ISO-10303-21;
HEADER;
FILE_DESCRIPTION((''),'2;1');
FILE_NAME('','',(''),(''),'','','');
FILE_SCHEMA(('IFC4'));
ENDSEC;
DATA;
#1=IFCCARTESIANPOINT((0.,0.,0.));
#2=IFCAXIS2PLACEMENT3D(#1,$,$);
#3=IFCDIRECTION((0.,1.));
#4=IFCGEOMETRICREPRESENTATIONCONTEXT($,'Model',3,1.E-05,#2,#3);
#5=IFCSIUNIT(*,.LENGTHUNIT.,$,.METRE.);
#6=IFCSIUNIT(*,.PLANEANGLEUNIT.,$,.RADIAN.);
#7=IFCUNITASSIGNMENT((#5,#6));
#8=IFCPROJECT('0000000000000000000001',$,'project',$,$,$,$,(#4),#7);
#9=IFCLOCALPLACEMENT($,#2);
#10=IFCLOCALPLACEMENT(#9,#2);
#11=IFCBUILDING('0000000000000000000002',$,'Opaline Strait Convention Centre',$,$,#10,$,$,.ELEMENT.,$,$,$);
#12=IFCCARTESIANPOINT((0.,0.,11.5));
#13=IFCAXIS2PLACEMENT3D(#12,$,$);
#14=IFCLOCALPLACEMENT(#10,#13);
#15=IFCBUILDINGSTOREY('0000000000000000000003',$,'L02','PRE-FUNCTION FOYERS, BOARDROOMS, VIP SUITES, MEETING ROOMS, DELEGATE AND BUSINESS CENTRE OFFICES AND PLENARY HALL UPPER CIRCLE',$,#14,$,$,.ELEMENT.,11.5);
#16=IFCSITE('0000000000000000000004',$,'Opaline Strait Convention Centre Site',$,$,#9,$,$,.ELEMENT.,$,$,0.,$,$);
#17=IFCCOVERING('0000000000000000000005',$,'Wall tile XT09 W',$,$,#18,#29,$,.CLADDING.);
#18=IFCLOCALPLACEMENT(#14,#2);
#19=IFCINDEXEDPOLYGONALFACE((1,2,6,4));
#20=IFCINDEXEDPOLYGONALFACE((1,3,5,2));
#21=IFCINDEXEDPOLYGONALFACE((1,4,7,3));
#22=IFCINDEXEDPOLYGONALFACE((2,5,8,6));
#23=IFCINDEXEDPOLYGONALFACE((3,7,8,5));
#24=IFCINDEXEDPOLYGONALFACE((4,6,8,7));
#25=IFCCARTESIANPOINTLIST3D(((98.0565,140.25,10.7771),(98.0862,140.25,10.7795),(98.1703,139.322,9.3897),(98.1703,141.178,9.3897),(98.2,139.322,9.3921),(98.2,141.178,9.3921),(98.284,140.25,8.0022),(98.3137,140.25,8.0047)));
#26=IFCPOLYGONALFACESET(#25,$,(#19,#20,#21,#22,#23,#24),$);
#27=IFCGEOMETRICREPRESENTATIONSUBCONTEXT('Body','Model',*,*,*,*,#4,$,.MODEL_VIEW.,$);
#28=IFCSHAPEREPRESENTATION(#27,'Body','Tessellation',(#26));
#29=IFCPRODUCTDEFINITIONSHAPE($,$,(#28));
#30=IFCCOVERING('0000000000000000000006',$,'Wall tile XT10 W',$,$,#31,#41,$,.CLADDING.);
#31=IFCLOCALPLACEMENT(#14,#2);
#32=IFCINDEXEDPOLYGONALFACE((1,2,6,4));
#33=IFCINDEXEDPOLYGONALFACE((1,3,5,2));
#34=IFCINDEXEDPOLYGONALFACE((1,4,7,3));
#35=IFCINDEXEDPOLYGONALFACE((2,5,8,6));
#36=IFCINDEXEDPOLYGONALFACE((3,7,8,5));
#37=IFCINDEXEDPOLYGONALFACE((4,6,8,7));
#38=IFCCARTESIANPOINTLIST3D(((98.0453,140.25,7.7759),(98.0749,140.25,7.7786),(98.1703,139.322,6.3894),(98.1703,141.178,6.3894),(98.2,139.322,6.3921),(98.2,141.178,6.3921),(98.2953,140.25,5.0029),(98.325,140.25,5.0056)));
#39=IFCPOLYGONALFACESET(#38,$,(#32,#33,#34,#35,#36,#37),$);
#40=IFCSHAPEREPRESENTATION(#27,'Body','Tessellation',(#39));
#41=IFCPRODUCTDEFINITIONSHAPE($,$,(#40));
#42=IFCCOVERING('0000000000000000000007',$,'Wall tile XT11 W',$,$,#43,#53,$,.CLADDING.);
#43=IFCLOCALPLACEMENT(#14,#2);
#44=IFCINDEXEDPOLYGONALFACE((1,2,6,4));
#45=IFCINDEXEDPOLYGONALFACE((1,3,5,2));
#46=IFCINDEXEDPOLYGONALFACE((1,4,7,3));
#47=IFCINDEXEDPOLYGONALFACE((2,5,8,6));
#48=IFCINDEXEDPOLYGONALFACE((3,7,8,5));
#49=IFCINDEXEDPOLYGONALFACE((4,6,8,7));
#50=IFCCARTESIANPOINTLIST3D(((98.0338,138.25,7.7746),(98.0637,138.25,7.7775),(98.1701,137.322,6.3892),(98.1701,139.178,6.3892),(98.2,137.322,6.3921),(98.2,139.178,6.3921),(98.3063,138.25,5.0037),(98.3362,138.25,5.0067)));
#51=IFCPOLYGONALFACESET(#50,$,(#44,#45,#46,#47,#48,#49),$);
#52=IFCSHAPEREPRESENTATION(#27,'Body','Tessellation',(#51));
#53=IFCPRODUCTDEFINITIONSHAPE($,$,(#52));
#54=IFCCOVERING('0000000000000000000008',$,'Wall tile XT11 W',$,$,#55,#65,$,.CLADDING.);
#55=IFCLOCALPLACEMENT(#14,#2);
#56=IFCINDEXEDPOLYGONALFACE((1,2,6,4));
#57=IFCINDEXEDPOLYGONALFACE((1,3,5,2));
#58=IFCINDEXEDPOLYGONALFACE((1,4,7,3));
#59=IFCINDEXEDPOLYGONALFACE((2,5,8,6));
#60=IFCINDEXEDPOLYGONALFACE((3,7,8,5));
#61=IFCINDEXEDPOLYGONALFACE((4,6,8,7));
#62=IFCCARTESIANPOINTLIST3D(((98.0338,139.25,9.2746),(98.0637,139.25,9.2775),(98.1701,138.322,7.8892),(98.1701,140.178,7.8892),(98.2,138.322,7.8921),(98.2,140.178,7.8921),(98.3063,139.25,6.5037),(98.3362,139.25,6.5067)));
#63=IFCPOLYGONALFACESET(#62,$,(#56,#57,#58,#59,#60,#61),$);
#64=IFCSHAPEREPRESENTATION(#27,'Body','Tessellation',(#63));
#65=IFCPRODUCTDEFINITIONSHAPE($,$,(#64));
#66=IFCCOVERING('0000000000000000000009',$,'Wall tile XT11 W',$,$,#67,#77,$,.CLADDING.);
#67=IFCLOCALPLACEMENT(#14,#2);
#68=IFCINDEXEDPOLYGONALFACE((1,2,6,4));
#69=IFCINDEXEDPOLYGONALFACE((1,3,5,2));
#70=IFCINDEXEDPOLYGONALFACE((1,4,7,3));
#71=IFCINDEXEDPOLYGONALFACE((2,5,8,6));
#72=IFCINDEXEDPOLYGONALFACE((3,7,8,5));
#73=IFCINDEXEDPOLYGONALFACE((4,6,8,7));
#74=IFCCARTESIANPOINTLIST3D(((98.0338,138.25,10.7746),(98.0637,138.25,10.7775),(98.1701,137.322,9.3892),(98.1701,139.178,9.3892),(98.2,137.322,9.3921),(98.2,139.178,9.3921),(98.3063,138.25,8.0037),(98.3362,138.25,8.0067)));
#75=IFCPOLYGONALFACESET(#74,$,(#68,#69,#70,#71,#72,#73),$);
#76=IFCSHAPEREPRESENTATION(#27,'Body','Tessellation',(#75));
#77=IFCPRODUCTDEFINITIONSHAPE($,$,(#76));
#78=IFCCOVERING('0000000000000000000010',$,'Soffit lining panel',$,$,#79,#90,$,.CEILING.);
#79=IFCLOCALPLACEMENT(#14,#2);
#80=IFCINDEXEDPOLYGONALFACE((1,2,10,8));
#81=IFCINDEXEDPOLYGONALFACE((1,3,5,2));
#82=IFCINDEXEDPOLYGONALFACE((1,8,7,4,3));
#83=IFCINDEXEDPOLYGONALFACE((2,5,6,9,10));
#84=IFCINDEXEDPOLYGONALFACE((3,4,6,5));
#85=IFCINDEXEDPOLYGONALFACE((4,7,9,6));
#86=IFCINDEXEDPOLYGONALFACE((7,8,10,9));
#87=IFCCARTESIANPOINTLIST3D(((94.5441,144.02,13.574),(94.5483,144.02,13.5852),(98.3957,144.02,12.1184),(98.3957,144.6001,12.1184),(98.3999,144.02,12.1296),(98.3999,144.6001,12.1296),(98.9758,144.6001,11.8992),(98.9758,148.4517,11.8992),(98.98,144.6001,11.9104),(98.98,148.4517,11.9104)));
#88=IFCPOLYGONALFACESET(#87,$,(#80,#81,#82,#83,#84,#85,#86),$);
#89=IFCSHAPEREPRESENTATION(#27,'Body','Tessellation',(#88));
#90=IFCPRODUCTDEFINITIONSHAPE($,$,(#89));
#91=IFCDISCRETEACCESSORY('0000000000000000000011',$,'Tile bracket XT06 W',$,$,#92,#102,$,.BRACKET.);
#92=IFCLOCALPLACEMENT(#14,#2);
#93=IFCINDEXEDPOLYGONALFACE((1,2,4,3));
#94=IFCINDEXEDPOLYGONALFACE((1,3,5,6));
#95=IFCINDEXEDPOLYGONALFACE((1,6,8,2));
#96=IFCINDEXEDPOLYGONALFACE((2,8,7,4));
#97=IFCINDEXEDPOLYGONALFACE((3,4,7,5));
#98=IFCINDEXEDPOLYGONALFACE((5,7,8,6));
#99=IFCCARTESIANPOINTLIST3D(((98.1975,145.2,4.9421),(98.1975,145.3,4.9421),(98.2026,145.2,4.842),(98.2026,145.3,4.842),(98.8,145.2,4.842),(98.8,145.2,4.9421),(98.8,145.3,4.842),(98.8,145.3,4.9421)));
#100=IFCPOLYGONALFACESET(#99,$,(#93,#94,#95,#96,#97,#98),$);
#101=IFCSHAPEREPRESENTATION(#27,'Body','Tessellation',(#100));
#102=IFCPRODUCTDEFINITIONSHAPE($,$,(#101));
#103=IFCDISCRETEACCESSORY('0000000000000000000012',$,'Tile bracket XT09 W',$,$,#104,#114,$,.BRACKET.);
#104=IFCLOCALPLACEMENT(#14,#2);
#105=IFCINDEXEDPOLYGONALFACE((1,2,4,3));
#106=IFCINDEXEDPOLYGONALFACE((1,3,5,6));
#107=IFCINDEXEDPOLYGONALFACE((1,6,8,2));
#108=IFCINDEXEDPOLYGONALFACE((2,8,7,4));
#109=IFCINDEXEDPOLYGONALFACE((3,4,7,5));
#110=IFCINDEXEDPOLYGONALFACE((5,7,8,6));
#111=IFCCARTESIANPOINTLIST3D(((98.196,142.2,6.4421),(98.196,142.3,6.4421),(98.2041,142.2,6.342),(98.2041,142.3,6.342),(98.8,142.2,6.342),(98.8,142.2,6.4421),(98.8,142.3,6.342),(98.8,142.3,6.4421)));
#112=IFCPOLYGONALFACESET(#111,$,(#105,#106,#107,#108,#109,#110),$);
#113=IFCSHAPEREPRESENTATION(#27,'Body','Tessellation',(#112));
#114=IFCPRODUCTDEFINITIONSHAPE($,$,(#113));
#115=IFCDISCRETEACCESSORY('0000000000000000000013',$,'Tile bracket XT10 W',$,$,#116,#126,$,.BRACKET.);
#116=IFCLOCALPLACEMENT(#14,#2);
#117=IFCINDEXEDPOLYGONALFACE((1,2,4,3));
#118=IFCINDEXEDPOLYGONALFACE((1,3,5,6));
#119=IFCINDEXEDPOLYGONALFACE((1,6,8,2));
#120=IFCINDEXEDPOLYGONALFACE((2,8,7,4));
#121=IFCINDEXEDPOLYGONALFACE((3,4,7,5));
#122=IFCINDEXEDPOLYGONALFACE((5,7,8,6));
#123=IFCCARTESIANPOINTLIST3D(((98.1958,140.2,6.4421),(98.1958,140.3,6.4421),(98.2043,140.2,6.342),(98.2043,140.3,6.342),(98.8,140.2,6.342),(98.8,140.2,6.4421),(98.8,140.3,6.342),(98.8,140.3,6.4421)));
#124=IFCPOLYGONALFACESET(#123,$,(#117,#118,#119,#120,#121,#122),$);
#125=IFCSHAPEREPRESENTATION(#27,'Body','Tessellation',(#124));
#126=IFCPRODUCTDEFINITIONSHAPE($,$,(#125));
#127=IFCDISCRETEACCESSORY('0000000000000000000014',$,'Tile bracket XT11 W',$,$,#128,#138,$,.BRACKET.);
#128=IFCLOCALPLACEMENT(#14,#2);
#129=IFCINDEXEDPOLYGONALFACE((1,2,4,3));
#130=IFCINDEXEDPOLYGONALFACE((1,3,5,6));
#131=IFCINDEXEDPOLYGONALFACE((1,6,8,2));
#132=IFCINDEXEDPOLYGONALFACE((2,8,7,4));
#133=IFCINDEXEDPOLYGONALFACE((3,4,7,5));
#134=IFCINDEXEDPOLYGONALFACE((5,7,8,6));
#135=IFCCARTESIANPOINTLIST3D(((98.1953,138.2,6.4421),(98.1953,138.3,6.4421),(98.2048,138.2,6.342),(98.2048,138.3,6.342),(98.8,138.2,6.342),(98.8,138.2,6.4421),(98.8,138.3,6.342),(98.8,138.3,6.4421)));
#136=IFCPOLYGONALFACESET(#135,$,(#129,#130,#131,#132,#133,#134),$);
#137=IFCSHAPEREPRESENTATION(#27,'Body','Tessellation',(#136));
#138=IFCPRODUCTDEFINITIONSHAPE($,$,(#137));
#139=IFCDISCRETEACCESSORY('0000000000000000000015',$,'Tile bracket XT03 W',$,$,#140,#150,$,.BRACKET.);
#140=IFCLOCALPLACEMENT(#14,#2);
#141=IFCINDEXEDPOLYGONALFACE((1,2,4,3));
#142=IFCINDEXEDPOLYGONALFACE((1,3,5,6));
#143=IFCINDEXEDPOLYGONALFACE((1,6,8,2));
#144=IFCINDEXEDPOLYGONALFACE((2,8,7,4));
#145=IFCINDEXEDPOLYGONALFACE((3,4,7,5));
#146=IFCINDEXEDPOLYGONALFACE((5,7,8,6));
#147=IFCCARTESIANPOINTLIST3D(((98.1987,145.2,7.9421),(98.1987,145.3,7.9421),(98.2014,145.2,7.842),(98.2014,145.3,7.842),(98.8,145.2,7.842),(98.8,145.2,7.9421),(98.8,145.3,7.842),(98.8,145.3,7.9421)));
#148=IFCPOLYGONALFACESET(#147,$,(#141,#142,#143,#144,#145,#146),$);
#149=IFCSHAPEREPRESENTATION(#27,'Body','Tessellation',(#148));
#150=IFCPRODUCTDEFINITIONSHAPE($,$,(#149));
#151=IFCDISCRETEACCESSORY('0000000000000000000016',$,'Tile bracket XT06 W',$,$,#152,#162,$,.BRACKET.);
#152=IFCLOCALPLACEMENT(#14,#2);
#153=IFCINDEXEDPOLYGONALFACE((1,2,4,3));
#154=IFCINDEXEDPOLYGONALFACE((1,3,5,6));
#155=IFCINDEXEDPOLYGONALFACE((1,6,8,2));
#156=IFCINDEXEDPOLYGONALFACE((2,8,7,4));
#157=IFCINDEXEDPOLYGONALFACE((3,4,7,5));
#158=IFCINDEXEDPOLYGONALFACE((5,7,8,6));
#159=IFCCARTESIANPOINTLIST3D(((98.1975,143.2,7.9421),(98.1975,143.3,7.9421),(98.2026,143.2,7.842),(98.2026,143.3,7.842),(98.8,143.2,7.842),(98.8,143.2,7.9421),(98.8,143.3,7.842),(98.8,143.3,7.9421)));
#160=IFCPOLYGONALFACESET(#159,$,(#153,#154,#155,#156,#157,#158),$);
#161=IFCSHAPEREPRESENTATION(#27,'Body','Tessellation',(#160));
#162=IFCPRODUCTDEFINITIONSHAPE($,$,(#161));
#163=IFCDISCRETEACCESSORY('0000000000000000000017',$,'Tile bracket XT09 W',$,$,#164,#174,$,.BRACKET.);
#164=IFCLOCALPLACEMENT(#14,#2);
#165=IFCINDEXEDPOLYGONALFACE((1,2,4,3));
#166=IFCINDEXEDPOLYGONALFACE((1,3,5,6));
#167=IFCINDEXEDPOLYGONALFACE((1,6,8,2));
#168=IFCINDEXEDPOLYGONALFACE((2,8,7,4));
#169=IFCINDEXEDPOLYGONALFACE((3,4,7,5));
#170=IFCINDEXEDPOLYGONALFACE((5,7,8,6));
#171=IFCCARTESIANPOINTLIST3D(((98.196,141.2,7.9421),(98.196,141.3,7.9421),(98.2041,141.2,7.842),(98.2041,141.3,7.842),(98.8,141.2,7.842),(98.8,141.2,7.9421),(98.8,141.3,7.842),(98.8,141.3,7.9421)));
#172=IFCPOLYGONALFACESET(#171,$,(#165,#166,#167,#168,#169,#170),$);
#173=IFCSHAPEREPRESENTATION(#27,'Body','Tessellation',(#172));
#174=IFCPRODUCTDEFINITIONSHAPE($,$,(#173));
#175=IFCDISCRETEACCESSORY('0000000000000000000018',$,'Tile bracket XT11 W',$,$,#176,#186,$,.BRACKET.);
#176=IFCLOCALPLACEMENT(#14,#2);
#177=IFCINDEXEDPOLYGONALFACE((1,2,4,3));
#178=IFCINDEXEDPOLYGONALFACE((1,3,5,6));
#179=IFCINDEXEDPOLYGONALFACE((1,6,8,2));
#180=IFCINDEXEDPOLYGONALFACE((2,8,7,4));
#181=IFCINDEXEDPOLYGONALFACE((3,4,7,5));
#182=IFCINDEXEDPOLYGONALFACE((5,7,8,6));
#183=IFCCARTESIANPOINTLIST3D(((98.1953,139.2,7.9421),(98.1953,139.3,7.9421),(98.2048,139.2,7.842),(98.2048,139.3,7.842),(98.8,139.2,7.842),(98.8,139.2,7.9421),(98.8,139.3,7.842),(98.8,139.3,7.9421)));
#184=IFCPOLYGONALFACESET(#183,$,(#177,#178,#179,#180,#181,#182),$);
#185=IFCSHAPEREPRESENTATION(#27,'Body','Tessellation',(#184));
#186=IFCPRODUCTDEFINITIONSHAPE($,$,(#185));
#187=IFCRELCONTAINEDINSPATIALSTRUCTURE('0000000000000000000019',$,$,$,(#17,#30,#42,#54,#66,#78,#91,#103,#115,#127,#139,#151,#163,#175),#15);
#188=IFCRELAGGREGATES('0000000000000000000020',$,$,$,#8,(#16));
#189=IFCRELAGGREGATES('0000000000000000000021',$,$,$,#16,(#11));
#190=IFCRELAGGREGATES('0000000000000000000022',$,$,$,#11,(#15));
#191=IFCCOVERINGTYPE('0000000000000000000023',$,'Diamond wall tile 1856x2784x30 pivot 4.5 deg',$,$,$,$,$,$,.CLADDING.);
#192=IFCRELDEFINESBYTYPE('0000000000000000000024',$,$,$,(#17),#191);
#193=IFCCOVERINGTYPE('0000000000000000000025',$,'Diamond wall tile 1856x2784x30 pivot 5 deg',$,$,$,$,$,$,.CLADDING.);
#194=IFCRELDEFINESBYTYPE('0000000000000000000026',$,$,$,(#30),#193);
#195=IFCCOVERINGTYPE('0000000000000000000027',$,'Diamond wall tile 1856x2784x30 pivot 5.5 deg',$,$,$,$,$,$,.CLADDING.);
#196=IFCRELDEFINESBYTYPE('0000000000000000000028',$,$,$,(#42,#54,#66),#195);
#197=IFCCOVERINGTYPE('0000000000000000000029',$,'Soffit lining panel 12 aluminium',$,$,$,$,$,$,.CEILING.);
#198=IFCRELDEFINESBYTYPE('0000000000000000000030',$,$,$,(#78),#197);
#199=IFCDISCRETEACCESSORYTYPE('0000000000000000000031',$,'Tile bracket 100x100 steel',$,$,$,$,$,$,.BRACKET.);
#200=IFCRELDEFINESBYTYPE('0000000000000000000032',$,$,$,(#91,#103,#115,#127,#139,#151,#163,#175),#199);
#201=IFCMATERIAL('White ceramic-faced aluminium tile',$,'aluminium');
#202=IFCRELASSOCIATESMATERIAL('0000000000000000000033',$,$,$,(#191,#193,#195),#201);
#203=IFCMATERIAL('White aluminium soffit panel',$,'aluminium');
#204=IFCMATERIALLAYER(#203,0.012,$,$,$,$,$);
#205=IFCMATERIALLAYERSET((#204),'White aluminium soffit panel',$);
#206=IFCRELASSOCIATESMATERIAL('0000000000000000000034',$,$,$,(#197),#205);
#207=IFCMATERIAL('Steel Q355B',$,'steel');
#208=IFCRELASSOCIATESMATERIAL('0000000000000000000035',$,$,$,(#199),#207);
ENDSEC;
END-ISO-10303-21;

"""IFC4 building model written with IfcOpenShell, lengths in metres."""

from ifc_helpers import new_model, si_unit, direction, frame, origin, place, context, subcontext, project, spatial, polyline, outline, extrude, material, layer, layer_set, material_profile, profile_set, type_object, element, save


model = new_model("IFC4")

# Units and contexts
model_context = context("Model", 3, precision=1e-05, world=origin(), true_north=direction((0.0, 1.0)))
body_context = subcontext(model_context, "Body", "Model", "MODEL_VIEW")
ifc_project = project(units=[si_unit("LENGTHUNIT", "METRE"), si_unit("PLANEANGLEUNIT", "RADIAN")], contexts=[model_context])

# Site, building, storey
site_placement = place(None, origin())
site = spatial("IfcSite", under=ifc_project, at=site_placement, Name="Opaline Strait Convention Centre Site", CompositionType="ELEMENT", RefElevation=0.0)
building_placement = place(site_placement, origin())
building = spatial("IfcBuilding", under=site, at=building_placement, Name="Opaline Strait Convention Centre", CompositionType="ELEMENT")
storey_placement = place(building_placement, frame((0.0, 0.0, 11.5)))
storey = spatial("IfcBuildingStorey", under=building, at=storey_placement, Name="L02", Description="PRE-FUNCTION FOYERS, BOARDROOMS, VIP SUITES, MEETING ROOMS, DELEGATE AND BUSINESS CENTRE OFFICES AND PLENARY HALL UPPER CIRCLE", CompositionType="ELEMENT", Elevation=11.5)

# Shared definitions
ifc_material_1 = material(Name="Steel Q355B", Category="steel")

# Coverings
ifc_material_2 = material(Name="White ceramic-faced aluminium tile", Category="aluminium")
ifc_material_profile_1 = material_profile(ifc_material_2, outline(polyline([(0.928, 0.0), (0.0, 1.3921), (-0.928, 0.0), (0.0, -1.3921), (0.928, 0.0)])), Name="Diamond tile 1856x2784")
ifc_profile_set_1 = profile_set([ifc_material_profile_1], Name="White ceramic-faced aluminium tile")
covering_type_1 = type_object("IfcCoveringType", Name="Diamond wall tile 1856x2784x30 pivot 4.5 deg", PredefinedType="CLADDING", material=ifc_profile_set_1)
for number, where, z_axis, x_axis, name in (
    (1, (98.2, 140.25, 9.3921), (-0.996658, 0.0, -0.081693), (0.0, -1.0, 0.0), "Wall tile XT09 W"),
):
    element("IfcCovering", number, at=place(storey_placement, frame(where, z_axis=z_axis, x_axis=x_axis)), inside=storey, type_object=covering_type_1, Name=name, PredefinedType="CLADDING", context=body_context, shape_type="SweptSolid", body=[
        extrude(outline(polyline([(0.928, 0.0), (0.0, 1.3921), (-0.928, 0.0), (0.0, -1.3921), (0.928, 0.0)])), origin(), (0.0, 0.0, 1.0), 0.0298),
    ])
ifc_material_profile_2 = material_profile(ifc_material_2, outline(polyline([(0.928, 0.0), (0.0, 1.3921), (-0.928, 0.0), (0.0, -1.3921), (0.928, 0.0)])), Name="Diamond tile 1856x2784")
ifc_profile_set_2 = profile_set([ifc_material_profile_2], Name="White ceramic-faced aluminium tile")
covering_type_2 = type_object("IfcCoveringType", Name="Diamond wall tile 1856x2784x30 pivot 5 deg", PredefinedType="CLADDING", material=ifc_profile_set_2)
covering_1_placement = place(storey_placement, frame((98.2, 140.25, 6.3921), z_axis=(-0.99596, 0.0, -0.0898), x_axis=(0.0, -1.0, 0.0)))
element("IfcCovering", 2, at=covering_1_placement, inside=storey, type_object=covering_type_2, Name="Wall tile XT10 W", PredefinedType="CLADDING", context=body_context, shape_type="SweptSolid", body=[
    extrude(outline(polyline([(0.928, 0.0), (0.0, 1.3921), (-0.928, 0.0), (0.0, -1.3921), (0.928, 0.0)])), origin(), (0.0, 0.0, 1.0), 0.0298),
])
ifc_material_profile_3 = material_profile(ifc_material_2, outline(polyline([(0.928, 0.0), (0.0, 1.3921), (-0.928, 0.0), (0.0, -1.3921), (0.928, 0.0)])), Name="Diamond tile 1856x2784")
ifc_profile_set_3 = profile_set([ifc_material_profile_3], Name="White ceramic-faced aluminium tile")
covering_type_3 = type_object("IfcCoveringType", Name="Diamond wall tile 1856x2784x30 pivot 5.5 deg", PredefinedType="CLADDING", material=ifc_profile_set_3)
for number, where, z_axis, x_axis, name in (
    (3, (98.2, 138.25, 6.3921), (-0.995197, 0.0, -0.097888), (0.0, -1.0, 0.0), "Wall tile XT11 W"),
    (4, (98.2, 139.25, 7.8921), (-0.995197, 0.0, -0.097888), (0.0, -1.0, 0.0), "Wall tile XT11 W"),
    (5, (98.2, 138.25, 9.3921), (-0.995197, 0.0, -0.097888), (0.0, -1.0, 0.0), "Wall tile XT11 W"),
):
    element("IfcCovering", number, at=place(storey_placement, frame(where, z_axis=z_axis, x_axis=x_axis)), inside=storey, type_object=covering_type_3, Name=name, PredefinedType="CLADDING", context=body_context, shape_type="SweptSolid", body=[
        extrude(outline(polyline([(0.928, 0.0), (0.0, 1.3921), (-0.928, 0.0), (0.0, -1.3921), (0.928, 0.0)])), origin(), (0.0, 0.0, 1.0), 0.03),
    ])
ifc_material_3 = material(Name="White aluminium soffit panel", Category="aluminium")
ifc_layer = layer(ifc_material_3, 0.012)
ifc_layer_set = layer_set([ifc_layer], Name="White aluminium soffit panel")
covering_type_4 = type_object("IfcCoveringType", Name="Soffit lining panel 12 aluminium", PredefinedType="CEILING", material=ifc_layer_set)
covering_2_placement = place(storey_placement, frame((98.3999, 144.02, 12.1296), z_axis=(0.353516, 0.000003, 0.935428), x_axis=(-0.935428, 0.0, 0.353516)))
element("IfcCovering", 6, at=covering_2_placement, inside=storey, type_object=covering_type_4, Name="Soffit lining panel", PredefinedType="CEILING", context=body_context, shape_type="SweptSolid", body=[
    extrude(outline(polyline([(0.0, 0.0), (4.1174, 0.0), (-0.6201, -4.4316), (-0.6201, -0.5801), (0.0, -0.5801), (0.0, 0.0)])), origin(), (0.0, 0.0, -1.0), 0.012),
])

# Discrete accessories
discrete_accessory_type = type_object("IfcDiscreteAccessoryType", Name="Tile bracket 100x100 steel", PredefinedType="BRACKET", material=ifc_material_1)
discrete_accessory_1_placement = place(storey_placement, frame((98.8, 145.3, 4.8921), z_axis=(0.0, -1.0, 0.0), x_axis=(1.0, 0.0, 0.0)))
element("IfcDiscreteAccessory", 7, at=discrete_accessory_1_placement, inside=storey, type_object=discrete_accessory_type, Name="Tile bracket XT06 W", PredefinedType="BRACKET", context=body_context, shape_type="SweptSolid", body=[
    extrude(outline(polyline([(0.0, -0.05), (0.0, 0.05), (-0.6025, 0.05), (-0.5974, -0.05), (0.0, -0.05)])), origin(), (0.0, 0.0, 1.0), 0.1001),
])
discrete_accessory_2_placement = place(storey_placement, frame((98.8, 142.3, 6.3921), z_axis=(0.0, -1.0, 0.0), x_axis=(1.0, 0.0, 0.0)))
element("IfcDiscreteAccessory", 8, at=discrete_accessory_2_placement, inside=storey, type_object=discrete_accessory_type, Name="Tile bracket XT09 W", PredefinedType="BRACKET", context=body_context, shape_type="SweptSolid", body=[
    extrude(outline(polyline([(0.0, -0.05), (0.0, 0.05), (-0.604, 0.05), (-0.5959, -0.05), (0.0, -0.05)])), origin(), (0.0, 0.0, 1.0), 0.1001),
])
discrete_accessory_3_placement = place(storey_placement, frame((98.8, 140.3, 6.3921), z_axis=(0.0, -1.0, 0.0), x_axis=(1.0, 0.0, 0.0)))
element("IfcDiscreteAccessory", 9, at=discrete_accessory_3_placement, inside=storey, type_object=discrete_accessory_type, Name="Tile bracket XT10 W", PredefinedType="BRACKET", context=body_context, shape_type="SweptSolid", body=[
    extrude(outline(polyline([(0.0, -0.05), (0.0, 0.05), (-0.6042, 0.05), (-0.5957, -0.05), (0.0, -0.05)])), origin(), (0.0, 0.0, 1.0), 0.1001),
])
discrete_accessory_4_placement = place(storey_placement, frame((98.8, 138.3, 6.3921), z_axis=(0.0, -1.0, 0.0), x_axis=(1.0, 0.0, 0.0)))
element("IfcDiscreteAccessory", 10, at=discrete_accessory_4_placement, inside=storey, type_object=discrete_accessory_type, Name="Tile bracket XT11 W", PredefinedType="BRACKET", context=body_context, shape_type="SweptSolid", body=[
    extrude(outline(polyline([(0.0, -0.05), (0.0, 0.05), (-0.6047, 0.05), (-0.5952, -0.05), (0.0, -0.05)])), origin(), (0.0, 0.0, 1.0), 0.1001),
])
discrete_accessory_5_placement = place(storey_placement, frame((98.8, 145.3, 7.8921), z_axis=(0.0, -1.0, 0.0), x_axis=(1.0, 0.0, 0.0)))
element("IfcDiscreteAccessory", 11, at=discrete_accessory_5_placement, inside=storey, type_object=discrete_accessory_type, Name="Tile bracket XT03 W", PredefinedType="BRACKET", context=body_context, shape_type="SweptSolid", body=[
    extrude(outline(polyline([(0.0, -0.05), (0.0, 0.05), (-0.6013, 0.05), (-0.5986, -0.05), (0.0, -0.05)])), origin(), (0.0, 0.0, 1.0), 0.1001),
])
discrete_accessory_6_placement = place(storey_placement, frame((98.8, 143.3, 7.8921), z_axis=(0.0, -1.0, 0.0), x_axis=(1.0, 0.0, 0.0)))
element("IfcDiscreteAccessory", 12, at=discrete_accessory_6_placement, inside=storey, type_object=discrete_accessory_type, Name="Tile bracket XT06 W", PredefinedType="BRACKET", context=body_context, shape_type="SweptSolid", body=[
    extrude(outline(polyline([(0.0, -0.05), (0.0, 0.05), (-0.6025, 0.05), (-0.5974, -0.05), (0.0, -0.05)])), origin(), (0.0, 0.0, 1.0), 0.1001),
])
discrete_accessory_7_placement = place(storey_placement, frame((98.8, 141.3, 7.8921), z_axis=(0.0, -1.0, 0.0), x_axis=(1.0, 0.0, 0.0)))
element("IfcDiscreteAccessory", 13, at=discrete_accessory_7_placement, inside=storey, type_object=discrete_accessory_type, Name="Tile bracket XT09 W", PredefinedType="BRACKET", context=body_context, shape_type="SweptSolid", body=[
    extrude(outline(polyline([(0.0, -0.05), (0.0, 0.05), (-0.604, 0.05), (-0.5959, -0.05), (0.0, -0.05)])), origin(), (0.0, 0.0, 1.0), 0.1001),
])
discrete_accessory_8_placement = place(storey_placement, frame((98.8, 139.3, 7.8921), z_axis=(0.0, -1.0, 0.0), x_axis=(1.0, 0.0, 0.0)))
element("IfcDiscreteAccessory", 14, at=discrete_accessory_8_placement, inside=storey, type_object=discrete_accessory_type, Name="Tile bracket XT11 W", PredefinedType="BRACKET", context=body_context, shape_type="SweptSolid", body=[
    extrude(outline(polyline([(0.0, -0.05), (0.0, 0.05), (-0.6047, 0.05), (-0.5952, -0.05), (0.0, -0.05)])), origin(), (0.0, 0.0, 1.0), 0.1001),
])

save(model, "model.ifc")
